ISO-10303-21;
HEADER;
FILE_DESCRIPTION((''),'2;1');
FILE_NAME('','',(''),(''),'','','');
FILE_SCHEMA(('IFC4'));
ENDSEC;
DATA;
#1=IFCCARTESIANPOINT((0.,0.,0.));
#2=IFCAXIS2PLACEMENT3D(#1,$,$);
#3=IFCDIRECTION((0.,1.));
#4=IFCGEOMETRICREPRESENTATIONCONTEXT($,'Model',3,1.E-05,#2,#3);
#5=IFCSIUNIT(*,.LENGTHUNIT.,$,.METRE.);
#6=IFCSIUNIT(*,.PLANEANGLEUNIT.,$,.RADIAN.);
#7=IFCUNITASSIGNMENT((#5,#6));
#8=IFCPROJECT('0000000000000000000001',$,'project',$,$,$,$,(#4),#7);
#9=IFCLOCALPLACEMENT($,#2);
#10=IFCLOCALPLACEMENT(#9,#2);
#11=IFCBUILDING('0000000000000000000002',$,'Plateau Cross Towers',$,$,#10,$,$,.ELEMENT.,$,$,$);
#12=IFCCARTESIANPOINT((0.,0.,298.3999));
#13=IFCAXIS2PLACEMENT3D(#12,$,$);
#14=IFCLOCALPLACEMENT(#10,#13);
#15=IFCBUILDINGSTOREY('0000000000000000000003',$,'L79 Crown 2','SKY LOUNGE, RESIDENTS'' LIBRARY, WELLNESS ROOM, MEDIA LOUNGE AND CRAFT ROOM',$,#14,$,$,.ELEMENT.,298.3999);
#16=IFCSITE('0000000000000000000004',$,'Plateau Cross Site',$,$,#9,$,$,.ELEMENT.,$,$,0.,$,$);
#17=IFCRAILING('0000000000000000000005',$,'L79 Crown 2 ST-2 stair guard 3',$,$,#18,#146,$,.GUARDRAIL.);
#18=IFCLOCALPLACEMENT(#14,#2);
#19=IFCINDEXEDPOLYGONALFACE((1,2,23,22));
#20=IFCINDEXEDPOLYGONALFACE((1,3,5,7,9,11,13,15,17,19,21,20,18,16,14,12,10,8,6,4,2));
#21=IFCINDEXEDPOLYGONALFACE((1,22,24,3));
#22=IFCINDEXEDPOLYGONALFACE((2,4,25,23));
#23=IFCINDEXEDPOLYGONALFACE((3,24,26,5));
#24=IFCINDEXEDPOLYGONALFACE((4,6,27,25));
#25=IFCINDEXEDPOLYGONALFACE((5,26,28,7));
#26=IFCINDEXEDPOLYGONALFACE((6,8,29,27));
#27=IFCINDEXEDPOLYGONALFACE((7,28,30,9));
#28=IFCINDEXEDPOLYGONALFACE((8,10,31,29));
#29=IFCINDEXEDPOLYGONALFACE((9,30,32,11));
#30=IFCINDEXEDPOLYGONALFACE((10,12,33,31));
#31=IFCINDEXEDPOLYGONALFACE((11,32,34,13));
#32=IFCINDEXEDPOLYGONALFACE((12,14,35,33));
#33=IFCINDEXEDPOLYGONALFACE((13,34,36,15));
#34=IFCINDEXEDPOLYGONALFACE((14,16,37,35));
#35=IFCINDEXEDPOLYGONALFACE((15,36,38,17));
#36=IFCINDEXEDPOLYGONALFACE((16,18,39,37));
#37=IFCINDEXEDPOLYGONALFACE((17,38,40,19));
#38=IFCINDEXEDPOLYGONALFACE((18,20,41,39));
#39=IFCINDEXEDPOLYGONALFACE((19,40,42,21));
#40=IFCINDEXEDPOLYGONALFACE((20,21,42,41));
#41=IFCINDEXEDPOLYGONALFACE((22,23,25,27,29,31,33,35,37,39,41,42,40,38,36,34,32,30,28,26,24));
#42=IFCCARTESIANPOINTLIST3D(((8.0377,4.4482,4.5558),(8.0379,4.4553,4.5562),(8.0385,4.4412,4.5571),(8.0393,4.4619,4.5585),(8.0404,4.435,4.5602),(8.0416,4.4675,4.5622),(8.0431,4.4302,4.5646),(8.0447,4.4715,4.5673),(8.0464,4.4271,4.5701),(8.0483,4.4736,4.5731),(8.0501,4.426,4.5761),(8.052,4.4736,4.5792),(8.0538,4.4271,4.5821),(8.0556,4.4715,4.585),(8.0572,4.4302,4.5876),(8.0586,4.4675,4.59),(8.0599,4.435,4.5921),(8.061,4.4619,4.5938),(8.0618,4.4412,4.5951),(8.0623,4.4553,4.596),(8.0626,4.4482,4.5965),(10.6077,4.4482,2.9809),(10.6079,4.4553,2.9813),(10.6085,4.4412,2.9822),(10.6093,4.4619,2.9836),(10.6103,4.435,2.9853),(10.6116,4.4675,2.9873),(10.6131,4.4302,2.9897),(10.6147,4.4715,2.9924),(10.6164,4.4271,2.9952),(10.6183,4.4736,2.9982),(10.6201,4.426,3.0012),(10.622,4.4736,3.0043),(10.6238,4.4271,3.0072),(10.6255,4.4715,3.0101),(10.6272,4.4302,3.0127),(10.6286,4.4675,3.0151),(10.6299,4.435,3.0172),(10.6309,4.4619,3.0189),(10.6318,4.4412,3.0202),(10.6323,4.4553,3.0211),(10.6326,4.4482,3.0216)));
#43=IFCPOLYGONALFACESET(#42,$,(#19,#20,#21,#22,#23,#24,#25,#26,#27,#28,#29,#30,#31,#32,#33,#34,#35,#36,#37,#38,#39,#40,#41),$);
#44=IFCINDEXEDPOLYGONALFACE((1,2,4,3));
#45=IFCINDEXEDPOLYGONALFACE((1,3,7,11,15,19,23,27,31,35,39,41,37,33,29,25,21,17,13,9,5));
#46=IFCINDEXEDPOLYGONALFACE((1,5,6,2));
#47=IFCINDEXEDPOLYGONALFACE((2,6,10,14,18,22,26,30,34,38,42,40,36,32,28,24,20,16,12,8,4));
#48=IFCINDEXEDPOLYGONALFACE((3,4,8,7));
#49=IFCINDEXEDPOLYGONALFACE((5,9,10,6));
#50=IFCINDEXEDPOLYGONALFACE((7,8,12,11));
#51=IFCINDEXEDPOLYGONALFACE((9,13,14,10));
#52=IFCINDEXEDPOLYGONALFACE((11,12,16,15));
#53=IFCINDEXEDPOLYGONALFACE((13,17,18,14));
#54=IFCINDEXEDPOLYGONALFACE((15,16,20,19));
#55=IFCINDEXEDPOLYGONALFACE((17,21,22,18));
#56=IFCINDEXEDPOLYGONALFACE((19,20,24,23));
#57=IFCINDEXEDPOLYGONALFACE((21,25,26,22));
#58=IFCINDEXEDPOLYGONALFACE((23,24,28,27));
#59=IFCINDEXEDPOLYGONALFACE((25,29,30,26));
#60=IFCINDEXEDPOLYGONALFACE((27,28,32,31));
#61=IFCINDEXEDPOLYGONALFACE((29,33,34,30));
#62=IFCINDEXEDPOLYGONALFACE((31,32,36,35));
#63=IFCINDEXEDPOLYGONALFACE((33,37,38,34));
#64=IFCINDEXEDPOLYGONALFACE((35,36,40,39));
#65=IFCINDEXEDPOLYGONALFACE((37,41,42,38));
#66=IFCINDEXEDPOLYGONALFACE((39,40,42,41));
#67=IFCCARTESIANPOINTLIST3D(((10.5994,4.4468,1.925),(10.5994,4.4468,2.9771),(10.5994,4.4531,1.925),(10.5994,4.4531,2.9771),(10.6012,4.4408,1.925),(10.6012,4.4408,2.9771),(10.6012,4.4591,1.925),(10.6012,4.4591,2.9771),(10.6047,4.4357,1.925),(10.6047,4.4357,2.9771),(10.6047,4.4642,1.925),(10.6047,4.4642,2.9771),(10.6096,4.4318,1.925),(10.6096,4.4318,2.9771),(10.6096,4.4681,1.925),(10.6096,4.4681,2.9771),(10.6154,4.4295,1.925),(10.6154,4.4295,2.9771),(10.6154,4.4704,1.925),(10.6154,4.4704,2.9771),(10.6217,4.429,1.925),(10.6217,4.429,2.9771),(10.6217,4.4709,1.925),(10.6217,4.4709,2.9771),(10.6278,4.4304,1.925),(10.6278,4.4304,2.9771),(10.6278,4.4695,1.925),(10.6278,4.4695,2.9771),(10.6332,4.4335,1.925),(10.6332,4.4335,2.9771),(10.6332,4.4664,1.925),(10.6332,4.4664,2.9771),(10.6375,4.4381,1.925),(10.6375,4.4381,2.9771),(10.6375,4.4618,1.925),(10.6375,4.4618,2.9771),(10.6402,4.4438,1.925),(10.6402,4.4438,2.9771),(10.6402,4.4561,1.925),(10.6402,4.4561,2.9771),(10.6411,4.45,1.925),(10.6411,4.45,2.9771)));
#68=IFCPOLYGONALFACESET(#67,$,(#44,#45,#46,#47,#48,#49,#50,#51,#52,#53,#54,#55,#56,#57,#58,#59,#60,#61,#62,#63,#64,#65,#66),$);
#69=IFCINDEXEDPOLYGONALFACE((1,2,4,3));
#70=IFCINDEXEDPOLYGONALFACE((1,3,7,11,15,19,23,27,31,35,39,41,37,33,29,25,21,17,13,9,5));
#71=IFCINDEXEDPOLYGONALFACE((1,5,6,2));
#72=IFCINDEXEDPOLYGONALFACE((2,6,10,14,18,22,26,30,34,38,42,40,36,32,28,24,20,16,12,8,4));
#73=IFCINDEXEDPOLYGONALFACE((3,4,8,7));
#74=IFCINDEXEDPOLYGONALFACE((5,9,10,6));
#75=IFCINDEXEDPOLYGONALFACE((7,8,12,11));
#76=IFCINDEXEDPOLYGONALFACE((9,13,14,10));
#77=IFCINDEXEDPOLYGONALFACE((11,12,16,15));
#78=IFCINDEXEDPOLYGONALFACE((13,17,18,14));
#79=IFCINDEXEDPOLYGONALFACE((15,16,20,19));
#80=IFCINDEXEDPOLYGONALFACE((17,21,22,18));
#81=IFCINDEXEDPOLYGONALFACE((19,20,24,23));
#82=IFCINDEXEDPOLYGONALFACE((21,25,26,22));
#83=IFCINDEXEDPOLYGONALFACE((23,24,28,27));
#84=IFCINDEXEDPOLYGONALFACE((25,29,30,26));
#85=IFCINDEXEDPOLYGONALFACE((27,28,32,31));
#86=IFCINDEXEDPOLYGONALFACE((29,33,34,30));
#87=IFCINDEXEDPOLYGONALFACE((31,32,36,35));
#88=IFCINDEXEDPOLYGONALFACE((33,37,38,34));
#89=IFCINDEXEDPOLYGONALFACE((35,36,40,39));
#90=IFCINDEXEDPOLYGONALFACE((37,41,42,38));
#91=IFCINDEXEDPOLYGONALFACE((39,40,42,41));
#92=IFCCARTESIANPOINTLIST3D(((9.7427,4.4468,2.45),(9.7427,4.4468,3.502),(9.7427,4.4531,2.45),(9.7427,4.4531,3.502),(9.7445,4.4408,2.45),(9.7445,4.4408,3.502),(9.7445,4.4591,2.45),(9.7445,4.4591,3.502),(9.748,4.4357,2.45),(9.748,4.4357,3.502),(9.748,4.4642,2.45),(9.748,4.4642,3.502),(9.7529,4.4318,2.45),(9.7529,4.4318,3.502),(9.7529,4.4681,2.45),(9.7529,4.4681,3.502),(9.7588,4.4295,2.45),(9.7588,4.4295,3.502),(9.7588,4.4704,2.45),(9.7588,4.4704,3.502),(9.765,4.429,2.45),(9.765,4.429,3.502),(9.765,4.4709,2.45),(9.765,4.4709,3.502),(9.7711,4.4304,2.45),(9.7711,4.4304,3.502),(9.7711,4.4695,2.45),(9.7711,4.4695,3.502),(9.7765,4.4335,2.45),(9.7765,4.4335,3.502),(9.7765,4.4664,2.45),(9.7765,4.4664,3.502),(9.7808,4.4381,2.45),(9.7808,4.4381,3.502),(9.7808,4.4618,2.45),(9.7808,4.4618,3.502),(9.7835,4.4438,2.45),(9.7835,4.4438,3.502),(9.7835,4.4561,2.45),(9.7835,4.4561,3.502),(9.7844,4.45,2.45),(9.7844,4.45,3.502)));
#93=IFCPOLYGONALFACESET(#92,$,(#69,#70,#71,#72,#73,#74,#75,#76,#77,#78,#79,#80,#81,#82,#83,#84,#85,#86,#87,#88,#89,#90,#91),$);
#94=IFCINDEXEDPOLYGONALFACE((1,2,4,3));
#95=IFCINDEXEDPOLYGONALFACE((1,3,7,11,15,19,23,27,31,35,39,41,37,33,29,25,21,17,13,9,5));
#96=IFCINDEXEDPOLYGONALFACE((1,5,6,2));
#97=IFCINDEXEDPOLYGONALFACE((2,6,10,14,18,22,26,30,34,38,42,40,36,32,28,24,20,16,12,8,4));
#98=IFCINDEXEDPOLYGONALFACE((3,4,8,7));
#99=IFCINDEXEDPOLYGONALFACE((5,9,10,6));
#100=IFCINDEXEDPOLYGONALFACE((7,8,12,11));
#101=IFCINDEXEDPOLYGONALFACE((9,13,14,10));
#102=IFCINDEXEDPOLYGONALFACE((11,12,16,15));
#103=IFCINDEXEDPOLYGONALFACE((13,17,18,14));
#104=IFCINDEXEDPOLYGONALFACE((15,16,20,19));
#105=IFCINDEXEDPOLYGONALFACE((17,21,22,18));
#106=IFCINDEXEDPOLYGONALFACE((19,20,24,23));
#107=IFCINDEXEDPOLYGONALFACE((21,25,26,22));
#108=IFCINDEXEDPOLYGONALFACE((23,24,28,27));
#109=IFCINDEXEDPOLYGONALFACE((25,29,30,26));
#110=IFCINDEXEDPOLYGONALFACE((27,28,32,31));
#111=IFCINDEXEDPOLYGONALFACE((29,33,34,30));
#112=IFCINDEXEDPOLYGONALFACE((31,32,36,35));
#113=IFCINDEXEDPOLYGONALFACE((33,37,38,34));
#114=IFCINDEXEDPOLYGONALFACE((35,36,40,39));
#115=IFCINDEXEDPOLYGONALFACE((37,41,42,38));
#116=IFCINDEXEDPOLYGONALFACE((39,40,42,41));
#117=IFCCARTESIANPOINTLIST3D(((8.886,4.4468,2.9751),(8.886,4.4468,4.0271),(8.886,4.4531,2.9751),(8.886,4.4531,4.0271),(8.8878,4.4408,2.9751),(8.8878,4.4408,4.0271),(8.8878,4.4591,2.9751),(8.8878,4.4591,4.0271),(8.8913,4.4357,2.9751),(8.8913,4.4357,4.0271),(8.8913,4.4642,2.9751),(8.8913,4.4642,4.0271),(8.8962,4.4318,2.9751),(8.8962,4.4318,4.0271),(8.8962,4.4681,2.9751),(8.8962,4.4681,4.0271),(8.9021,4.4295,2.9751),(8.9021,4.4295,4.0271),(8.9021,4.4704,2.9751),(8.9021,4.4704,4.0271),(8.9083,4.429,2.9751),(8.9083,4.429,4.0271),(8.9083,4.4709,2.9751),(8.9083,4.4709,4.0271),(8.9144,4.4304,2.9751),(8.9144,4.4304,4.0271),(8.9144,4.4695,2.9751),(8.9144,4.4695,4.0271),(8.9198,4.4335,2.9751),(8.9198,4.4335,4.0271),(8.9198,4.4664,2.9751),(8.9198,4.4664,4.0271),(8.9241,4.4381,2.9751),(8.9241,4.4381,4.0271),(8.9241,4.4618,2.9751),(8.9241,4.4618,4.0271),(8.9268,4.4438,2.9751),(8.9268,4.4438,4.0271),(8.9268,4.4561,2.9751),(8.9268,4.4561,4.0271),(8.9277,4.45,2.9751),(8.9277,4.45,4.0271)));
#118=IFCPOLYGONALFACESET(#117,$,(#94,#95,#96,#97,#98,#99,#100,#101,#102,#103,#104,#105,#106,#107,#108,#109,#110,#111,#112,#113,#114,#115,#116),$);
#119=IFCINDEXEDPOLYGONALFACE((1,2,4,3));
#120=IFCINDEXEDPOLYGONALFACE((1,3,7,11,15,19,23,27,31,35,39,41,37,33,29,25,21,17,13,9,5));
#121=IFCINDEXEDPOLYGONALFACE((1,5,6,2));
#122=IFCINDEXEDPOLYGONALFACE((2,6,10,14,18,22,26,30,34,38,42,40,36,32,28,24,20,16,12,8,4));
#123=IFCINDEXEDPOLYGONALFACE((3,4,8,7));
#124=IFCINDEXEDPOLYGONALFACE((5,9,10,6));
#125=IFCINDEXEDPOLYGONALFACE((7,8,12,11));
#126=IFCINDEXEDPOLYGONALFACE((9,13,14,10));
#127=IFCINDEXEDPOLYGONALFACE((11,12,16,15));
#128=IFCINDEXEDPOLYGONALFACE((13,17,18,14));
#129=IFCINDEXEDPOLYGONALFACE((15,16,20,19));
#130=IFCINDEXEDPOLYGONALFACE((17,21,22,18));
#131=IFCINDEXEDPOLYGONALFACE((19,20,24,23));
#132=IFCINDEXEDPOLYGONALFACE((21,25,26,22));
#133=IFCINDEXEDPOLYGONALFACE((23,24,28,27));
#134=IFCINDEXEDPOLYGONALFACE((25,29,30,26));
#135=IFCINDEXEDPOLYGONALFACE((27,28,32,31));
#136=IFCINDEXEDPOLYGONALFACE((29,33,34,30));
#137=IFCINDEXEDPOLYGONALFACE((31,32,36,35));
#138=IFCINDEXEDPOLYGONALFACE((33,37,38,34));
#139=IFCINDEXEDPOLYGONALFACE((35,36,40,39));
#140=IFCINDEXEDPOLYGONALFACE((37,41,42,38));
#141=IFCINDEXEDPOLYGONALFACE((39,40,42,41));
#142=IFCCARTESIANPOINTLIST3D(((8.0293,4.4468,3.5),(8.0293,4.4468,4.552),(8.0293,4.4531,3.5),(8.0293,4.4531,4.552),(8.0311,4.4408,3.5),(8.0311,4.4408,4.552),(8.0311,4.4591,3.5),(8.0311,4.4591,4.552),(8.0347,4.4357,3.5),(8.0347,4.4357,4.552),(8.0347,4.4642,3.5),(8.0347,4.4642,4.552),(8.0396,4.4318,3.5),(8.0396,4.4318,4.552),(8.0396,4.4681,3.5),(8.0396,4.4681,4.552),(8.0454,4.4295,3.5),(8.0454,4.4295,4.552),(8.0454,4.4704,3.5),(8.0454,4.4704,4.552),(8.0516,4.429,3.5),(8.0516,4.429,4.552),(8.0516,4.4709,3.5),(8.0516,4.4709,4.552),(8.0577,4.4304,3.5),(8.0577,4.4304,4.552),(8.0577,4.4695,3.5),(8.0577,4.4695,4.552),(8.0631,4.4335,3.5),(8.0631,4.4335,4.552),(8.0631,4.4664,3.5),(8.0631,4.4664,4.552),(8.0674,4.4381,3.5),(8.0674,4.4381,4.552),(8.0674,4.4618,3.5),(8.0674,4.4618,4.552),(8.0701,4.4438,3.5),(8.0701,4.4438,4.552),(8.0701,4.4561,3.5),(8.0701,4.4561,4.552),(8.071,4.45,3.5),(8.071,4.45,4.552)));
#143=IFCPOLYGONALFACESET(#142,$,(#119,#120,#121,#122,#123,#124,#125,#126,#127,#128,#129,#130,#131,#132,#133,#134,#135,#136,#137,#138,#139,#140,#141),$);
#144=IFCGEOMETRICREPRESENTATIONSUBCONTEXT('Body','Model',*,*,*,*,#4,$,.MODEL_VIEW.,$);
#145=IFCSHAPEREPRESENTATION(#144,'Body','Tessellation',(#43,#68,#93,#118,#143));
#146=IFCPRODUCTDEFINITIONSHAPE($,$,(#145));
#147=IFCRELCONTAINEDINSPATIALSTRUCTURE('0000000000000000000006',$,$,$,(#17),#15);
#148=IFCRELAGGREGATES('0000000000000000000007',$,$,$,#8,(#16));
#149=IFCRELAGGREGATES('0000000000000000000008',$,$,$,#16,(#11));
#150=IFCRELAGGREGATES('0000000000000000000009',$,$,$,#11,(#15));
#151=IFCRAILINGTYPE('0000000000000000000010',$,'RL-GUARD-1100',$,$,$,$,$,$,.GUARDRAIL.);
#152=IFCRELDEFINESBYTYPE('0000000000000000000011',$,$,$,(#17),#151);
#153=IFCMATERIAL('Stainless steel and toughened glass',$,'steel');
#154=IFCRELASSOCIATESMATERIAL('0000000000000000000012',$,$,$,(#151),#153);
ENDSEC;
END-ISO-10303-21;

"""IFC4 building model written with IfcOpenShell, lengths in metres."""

from ifc_helpers import new_model, si_unit, direction, frame, origin, origin_2d, place, context, subcontext, project, spatial, circle, extrude, material, type_object, element, save


model = new_model("IFC4")

# Units and contexts
model_context = context("Model", 3, precision=1e-05, world=origin(), true_north=direction((0.0, 1.0)))
body_context = subcontext(model_context, "Body", "Model", "MODEL_VIEW")
ifc_project = project(units=[si_unit("LENGTHUNIT", "METRE"), si_unit("PLANEANGLEUNIT", "RADIAN")], contexts=[model_context])

# Site, building, storey
site_placement = place(None, origin())
site = spatial("IfcSite", under=ifc_project, at=site_placement, Name="Plateau Cross Site", CompositionType="ELEMENT", RefElevation=0.0)
building_placement = place(site_placement, origin())
building = spatial("IfcBuilding", under=site, at=building_placement, Name="Plateau Cross Towers", CompositionType="ELEMENT")
storey_placement = place(building_placement, frame((0.0, 0.0, 298.3999)))
storey = spatial("IfcBuildingStorey", under=building, at=storey_placement, Name="L79 Crown 2", Description="SKY LOUNGE, RESIDENTS' LIBRARY, WELLNESS ROOM, MEDIA LOUNGE AND CRAFT ROOM", CompositionType="ELEMENT", Elevation=298.3999)

# Railing
ifc_material_1 = material(Name="Stainless steel and toughened glass", Category="steel")
railing_type_1 = type_object("IfcRailingType", Name="RL-GUARD-1100", PredefinedType="GUARDRAIL", material=ifc_material_1)
railing_1_placement = place(storey_placement, frame((10.6201, 4.45, 1.925)))
element("IfcRailing", 1, at=railing_1_placement, inside=storey, type_object=railing_type_1, Name="L79 Crown 2 ST-2 stair guard 3", PredefinedType="GUARDRAIL", context=body_context, shape_type="SweptSolid", body=[
    extrude(circle(Radius=0.0239, at=origin_2d()), frame((0.0, 0.0, 1.0762), z_axis=(-0.852639, 0.0, 0.522501), x_axis=(0.0, -1.0, 0.0)), (0.0, 0.0, 1.0), 3.0142),
    extrude(circle(Radius=0.021, at=origin_2d()), origin(), (0.0, 0.0, 1.0), 1.052),
    extrude(circle(Radius=0.021, at=origin_2d()), frame((-0.8567, 0.0, 0.5249)), (0.0, 0.0, 1.0), 1.052),
    extrude(circle(Radius=0.021, at=origin_2d()), frame((-1.7134, 0.0, 1.05)), (0.0, 0.0, 1.0), 1.052),
    extrude(circle(Radius=0.021, at=origin_2d()), frame((-2.5701, 0.0, 1.575)), (0.0, 0.0, 1.0), 1.052),
])

save(model, "model.ifc")
